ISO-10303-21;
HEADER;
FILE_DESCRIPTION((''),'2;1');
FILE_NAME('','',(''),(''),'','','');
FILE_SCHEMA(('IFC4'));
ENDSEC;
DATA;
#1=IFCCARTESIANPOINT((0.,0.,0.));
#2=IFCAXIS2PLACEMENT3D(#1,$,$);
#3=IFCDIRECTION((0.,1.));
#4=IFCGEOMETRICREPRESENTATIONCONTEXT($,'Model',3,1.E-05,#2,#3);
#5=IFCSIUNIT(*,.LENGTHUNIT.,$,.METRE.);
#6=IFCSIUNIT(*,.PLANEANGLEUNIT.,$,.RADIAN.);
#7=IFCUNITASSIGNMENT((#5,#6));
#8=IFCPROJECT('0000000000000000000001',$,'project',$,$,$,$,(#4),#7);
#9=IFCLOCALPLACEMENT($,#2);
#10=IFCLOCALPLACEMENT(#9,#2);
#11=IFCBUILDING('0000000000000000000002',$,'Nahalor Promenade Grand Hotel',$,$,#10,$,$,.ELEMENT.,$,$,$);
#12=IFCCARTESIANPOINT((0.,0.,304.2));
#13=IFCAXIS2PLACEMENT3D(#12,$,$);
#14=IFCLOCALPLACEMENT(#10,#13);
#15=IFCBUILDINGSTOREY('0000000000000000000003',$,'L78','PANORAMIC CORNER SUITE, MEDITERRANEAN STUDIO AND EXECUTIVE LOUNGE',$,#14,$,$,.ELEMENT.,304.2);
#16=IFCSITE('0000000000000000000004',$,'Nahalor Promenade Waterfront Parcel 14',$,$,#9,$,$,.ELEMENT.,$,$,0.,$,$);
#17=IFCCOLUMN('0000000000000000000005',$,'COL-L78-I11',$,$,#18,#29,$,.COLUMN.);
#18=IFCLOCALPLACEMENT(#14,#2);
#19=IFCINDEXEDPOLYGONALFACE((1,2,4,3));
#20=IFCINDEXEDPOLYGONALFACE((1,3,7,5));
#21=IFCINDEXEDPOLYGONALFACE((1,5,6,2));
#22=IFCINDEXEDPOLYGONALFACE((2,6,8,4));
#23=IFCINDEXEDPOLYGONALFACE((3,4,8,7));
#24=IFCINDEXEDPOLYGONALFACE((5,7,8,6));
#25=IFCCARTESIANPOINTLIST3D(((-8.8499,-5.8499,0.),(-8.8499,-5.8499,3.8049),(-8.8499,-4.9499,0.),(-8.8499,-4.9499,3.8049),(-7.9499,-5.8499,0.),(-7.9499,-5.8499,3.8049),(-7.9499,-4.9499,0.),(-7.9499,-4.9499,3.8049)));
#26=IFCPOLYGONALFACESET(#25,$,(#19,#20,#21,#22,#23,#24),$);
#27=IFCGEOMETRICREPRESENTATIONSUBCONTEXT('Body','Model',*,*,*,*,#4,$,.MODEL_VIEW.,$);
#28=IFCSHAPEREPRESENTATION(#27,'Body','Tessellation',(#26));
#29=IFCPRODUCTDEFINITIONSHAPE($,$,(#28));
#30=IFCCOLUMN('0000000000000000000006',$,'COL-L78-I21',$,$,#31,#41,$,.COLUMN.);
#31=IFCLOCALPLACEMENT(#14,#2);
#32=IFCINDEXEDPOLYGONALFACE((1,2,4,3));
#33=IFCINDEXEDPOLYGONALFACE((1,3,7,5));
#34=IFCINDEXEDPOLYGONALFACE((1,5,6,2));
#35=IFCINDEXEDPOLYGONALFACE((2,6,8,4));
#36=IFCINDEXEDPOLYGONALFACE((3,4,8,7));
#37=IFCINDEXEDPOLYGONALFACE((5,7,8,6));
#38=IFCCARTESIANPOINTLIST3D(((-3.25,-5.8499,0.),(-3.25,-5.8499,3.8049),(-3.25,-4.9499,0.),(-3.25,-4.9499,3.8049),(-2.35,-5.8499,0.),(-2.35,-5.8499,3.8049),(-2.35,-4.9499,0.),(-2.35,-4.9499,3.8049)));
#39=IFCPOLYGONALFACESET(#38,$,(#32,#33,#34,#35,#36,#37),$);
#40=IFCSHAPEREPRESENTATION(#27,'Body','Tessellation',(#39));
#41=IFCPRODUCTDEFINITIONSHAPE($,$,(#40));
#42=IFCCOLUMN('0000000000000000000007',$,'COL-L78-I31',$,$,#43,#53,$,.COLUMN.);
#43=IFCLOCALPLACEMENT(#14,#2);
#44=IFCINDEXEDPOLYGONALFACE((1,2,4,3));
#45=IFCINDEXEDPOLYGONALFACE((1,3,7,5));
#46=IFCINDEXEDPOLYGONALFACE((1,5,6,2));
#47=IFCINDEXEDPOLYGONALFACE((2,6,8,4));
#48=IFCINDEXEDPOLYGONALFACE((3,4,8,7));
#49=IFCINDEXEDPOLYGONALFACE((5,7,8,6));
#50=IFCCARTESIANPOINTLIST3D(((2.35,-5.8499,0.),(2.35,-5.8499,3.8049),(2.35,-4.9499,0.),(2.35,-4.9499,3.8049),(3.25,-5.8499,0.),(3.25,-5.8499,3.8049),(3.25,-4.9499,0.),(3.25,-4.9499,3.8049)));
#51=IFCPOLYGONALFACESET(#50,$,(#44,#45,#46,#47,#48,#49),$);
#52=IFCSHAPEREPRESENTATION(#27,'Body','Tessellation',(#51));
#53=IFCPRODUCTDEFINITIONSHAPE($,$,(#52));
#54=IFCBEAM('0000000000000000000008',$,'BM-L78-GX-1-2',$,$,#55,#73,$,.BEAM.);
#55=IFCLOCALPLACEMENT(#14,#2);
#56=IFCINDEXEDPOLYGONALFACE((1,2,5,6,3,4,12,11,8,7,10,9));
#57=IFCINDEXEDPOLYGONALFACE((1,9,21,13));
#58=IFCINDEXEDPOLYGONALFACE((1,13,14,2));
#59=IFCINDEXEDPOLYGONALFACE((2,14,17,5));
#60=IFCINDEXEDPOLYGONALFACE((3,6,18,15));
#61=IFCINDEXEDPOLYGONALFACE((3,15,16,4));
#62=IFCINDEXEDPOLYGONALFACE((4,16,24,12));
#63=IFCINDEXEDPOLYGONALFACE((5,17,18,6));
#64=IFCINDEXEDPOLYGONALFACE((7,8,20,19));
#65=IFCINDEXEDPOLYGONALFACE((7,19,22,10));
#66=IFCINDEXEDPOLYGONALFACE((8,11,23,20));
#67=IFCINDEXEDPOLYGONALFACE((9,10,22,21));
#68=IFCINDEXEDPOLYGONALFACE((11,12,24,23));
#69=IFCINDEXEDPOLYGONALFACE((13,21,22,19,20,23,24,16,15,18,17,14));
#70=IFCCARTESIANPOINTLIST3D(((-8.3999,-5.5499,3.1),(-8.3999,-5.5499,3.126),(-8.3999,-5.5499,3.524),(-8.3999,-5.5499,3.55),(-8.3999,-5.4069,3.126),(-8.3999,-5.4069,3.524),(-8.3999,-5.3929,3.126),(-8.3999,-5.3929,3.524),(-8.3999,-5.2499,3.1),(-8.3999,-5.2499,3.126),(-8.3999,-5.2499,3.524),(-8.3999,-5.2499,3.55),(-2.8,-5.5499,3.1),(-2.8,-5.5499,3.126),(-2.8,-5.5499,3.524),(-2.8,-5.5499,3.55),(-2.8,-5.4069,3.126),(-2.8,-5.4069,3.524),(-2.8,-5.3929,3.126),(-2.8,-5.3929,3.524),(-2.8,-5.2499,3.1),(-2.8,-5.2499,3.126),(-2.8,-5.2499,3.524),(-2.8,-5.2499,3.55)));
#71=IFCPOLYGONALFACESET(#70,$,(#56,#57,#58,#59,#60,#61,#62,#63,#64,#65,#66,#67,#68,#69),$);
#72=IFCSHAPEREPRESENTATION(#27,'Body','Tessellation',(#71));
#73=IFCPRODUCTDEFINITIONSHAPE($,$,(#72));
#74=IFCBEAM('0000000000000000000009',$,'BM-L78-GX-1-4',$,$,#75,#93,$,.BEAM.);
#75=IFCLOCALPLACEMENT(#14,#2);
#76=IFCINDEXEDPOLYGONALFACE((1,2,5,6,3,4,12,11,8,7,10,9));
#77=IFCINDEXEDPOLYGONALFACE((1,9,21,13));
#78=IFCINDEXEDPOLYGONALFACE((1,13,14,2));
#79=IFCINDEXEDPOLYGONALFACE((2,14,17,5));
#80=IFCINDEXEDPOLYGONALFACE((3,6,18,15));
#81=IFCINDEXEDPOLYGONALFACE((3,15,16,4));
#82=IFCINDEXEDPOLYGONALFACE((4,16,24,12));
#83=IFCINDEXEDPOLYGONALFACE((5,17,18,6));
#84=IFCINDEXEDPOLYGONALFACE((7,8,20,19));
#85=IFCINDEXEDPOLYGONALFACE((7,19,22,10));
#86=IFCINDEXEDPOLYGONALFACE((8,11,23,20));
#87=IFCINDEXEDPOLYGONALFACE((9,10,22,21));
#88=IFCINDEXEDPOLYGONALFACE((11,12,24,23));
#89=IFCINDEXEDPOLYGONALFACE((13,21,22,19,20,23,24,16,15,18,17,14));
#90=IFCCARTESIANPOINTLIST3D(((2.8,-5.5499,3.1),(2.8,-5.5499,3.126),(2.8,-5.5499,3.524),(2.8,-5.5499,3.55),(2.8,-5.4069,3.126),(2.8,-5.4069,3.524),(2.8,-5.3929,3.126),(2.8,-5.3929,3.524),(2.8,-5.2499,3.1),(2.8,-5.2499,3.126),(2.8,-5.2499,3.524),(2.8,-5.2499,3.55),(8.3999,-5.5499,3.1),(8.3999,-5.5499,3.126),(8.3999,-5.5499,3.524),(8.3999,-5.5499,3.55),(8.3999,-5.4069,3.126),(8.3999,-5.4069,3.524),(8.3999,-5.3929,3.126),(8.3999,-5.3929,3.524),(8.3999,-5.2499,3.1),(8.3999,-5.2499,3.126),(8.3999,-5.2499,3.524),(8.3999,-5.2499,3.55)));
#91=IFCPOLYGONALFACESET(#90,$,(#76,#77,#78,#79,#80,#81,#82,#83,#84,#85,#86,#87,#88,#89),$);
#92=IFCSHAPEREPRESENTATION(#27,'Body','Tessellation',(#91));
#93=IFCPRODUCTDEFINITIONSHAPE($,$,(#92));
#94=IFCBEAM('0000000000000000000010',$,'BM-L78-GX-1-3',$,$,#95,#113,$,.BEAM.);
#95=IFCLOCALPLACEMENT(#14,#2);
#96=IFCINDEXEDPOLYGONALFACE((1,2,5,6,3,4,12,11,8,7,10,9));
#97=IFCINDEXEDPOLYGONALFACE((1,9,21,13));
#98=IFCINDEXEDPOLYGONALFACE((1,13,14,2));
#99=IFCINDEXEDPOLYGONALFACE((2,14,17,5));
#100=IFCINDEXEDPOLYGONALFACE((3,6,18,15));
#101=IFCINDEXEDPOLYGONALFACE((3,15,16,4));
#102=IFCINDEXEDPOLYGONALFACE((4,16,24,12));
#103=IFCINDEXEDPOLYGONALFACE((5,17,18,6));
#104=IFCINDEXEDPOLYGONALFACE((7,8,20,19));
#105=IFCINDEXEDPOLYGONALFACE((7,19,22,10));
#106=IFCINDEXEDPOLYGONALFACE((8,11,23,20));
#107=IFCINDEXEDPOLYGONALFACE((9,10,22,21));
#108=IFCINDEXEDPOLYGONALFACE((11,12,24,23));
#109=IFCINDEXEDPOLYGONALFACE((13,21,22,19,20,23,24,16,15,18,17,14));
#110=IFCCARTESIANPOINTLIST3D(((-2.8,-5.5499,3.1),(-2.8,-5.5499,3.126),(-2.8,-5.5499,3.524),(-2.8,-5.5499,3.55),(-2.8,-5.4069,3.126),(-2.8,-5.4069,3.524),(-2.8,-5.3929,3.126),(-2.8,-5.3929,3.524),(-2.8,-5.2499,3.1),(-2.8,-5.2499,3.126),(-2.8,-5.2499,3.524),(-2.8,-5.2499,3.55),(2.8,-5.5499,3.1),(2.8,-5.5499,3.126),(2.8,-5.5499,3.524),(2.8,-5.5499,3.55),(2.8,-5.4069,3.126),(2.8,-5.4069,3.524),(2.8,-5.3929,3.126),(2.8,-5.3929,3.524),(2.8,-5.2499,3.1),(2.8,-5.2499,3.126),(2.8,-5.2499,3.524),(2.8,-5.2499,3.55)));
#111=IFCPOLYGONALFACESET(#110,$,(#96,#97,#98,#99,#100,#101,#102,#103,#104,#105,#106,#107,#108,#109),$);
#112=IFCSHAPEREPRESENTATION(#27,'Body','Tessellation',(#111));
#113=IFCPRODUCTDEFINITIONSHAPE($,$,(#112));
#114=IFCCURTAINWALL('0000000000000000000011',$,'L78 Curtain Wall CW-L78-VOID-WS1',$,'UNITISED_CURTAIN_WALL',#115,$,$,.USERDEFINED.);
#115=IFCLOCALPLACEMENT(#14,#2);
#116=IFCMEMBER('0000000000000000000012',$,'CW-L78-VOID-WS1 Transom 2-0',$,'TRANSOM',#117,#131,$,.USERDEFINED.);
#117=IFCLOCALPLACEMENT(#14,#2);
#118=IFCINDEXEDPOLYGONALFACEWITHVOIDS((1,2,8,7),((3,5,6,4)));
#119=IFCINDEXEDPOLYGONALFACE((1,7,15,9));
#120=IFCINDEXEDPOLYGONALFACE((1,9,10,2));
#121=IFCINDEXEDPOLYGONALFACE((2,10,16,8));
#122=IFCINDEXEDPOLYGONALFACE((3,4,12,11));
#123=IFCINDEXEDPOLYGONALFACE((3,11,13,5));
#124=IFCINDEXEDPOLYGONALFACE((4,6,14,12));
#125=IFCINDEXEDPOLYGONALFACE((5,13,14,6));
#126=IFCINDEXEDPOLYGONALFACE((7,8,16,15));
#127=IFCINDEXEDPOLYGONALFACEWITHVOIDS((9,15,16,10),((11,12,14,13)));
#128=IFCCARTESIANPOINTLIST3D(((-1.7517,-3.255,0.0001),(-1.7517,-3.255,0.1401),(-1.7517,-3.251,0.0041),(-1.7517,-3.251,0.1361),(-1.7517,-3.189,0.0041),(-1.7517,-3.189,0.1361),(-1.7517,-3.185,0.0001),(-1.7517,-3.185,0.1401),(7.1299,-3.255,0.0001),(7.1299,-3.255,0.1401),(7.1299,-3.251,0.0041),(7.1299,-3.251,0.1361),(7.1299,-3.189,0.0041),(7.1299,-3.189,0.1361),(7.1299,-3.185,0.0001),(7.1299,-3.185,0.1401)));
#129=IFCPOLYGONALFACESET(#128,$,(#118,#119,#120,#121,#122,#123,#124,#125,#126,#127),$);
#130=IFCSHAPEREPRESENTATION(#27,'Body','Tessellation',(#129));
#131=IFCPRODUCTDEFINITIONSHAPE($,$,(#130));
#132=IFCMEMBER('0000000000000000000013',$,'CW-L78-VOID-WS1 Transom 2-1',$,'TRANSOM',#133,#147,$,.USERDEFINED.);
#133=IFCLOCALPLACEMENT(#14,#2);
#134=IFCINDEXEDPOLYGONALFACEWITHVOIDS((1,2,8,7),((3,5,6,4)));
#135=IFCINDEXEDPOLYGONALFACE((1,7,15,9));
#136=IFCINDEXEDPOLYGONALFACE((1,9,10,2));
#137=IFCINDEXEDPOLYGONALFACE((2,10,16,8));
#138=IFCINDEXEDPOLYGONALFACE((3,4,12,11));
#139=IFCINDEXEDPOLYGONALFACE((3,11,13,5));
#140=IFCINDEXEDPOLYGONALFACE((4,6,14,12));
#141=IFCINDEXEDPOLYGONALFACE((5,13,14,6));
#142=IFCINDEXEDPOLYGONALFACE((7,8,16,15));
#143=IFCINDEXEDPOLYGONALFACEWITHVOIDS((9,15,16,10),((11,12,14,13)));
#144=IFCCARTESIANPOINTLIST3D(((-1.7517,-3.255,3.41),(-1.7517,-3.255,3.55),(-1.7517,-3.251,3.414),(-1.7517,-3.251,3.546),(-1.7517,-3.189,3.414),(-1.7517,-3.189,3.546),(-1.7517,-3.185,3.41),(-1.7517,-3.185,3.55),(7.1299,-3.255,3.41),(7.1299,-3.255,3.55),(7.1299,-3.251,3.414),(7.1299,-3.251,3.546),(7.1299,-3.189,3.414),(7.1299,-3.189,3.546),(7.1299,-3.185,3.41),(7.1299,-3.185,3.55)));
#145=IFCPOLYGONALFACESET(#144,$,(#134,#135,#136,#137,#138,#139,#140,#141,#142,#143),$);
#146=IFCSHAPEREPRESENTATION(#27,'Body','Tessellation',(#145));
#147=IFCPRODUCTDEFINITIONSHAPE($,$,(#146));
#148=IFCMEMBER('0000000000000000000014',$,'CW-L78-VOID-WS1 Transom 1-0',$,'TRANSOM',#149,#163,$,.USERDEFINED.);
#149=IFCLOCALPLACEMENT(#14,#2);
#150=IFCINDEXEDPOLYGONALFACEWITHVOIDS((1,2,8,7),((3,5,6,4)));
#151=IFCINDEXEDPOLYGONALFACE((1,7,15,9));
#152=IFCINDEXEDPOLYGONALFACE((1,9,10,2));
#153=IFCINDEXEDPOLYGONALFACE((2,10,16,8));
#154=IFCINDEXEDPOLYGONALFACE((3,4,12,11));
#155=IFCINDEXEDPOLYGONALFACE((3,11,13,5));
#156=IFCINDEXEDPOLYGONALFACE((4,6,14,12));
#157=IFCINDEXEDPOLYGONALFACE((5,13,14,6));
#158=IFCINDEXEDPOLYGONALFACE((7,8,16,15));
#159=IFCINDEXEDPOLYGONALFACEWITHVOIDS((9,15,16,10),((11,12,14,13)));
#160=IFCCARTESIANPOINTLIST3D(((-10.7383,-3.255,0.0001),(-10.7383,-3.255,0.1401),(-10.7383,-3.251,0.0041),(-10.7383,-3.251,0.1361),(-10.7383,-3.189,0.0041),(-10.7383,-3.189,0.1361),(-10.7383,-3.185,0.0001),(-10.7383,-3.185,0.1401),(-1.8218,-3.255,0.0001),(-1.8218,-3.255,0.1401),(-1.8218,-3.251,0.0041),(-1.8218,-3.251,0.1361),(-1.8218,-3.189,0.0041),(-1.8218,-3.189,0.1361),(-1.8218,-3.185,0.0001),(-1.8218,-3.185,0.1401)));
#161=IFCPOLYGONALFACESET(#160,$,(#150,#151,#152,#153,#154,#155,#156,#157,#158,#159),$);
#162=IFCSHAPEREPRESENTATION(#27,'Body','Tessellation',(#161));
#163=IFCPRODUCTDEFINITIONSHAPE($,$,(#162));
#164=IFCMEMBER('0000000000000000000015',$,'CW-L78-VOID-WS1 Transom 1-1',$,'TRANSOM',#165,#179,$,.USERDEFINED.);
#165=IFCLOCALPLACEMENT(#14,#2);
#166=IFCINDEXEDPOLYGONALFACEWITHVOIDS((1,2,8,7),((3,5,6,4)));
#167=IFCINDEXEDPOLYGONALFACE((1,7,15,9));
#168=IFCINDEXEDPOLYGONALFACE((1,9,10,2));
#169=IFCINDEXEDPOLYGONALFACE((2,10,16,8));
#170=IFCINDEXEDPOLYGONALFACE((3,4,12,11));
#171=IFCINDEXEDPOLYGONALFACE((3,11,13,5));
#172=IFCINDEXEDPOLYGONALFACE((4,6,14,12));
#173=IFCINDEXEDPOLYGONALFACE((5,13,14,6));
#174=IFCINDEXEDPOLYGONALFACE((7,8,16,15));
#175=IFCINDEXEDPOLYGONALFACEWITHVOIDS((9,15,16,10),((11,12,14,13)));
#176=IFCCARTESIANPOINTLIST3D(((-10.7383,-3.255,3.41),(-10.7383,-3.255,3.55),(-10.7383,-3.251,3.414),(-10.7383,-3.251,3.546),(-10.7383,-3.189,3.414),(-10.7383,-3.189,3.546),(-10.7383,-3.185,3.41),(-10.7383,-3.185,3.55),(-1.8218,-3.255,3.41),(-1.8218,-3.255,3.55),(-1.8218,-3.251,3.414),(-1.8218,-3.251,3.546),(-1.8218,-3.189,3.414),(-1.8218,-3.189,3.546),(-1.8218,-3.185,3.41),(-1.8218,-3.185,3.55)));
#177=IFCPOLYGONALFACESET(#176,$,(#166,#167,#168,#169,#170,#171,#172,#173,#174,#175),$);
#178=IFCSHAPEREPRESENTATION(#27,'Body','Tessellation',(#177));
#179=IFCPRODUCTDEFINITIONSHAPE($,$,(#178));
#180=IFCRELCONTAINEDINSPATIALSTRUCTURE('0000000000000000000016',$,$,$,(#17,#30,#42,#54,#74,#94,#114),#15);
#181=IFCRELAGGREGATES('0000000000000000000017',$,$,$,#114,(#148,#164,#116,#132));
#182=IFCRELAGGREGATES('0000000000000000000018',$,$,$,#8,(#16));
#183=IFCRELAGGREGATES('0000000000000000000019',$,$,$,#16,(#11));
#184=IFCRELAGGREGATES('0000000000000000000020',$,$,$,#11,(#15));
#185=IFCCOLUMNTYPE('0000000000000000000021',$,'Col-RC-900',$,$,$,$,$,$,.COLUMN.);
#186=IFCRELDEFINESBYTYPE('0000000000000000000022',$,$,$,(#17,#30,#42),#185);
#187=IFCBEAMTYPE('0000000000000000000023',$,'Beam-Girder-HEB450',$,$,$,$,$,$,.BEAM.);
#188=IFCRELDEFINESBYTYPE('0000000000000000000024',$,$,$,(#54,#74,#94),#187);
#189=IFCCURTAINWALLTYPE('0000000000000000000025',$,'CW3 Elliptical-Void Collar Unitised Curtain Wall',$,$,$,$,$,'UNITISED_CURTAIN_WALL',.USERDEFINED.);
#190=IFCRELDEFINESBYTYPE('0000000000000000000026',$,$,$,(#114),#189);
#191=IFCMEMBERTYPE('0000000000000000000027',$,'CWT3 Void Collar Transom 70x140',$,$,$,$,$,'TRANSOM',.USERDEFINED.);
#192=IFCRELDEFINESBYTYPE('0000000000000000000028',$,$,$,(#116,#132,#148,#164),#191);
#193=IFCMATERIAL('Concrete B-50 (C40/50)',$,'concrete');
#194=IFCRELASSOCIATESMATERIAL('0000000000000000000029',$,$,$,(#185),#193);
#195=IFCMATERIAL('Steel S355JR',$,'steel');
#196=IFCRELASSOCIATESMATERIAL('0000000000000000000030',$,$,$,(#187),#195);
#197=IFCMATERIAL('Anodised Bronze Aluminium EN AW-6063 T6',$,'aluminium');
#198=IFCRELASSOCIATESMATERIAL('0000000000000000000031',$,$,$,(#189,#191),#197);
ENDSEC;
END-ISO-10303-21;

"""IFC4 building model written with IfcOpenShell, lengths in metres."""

from ifc_helpers import new_model, si_unit, direction, frame, origin, origin_2d, place, context, subcontext, project, spatial, rectangle, hollow_rectangle, i_section, extrude, source, transform, mapped, material, material_profile, profile_set, type_object, element, aggregate, save


model = new_model("IFC4")

# Units and contexts
model_context = context("Model", 3, precision=1e-05, world=origin(), true_north=direction((0.0, 1.0)))
body_context = subcontext(model_context, "Body", "Model", "MODEL_VIEW")
ifc_project = project(units=[si_unit("LENGTHUNIT", "METRE"), si_unit("PLANEANGLEUNIT", "RADIAN")], contexts=[model_context])

# Site, building, storey
site_placement = place(None, origin())
site = spatial("IfcSite", under=ifc_project, at=site_placement, Name="Nahalor Promenade Waterfront Parcel 14", CompositionType="ELEMENT", RefElevation=0.0)
building_placement = place(site_placement, origin())
building = spatial("IfcBuilding", under=site, at=building_placement, Name="Nahalor Promenade Grand Hotel", CompositionType="ELEMENT")
storey_placement = place(building_placement, frame((0.0, 0.0, 304.2)))
storey = spatial("IfcBuildingStorey", under=building, at=storey_placement, Name="L78", Description="PANORAMIC CORNER SUITE, MEDITERRANEAN STUDIO AND EXECUTIVE LOUNGE", CompositionType="ELEMENT", Elevation=304.2)

# Columns
ifc_material_1 = material(Name="Concrete B-50 (C40/50)", Category="concrete")
ifc_material_profile_1 = material_profile(ifc_material_1, rectangle(XDim=0.9, YDim=0.9, at=origin_2d()), Name="RC 900x900")
ifc_profile_set_1 = profile_set([ifc_material_profile_1], Name="Concrete B-50 (C40/50)")
column_type = type_object("IfcColumnType", Name="Col-RC-900", PredefinedType="COLUMN", material=ifc_profile_set_1)
shared_shape_1 = source(origin(), body_context, "Body", "SweptSolid", [
    extrude(rectangle(XDim=0.9, YDim=0.9, at=origin_2d()), origin(), (0.0, 0.0, 1.0), 3.8049),
])
for number, where, z_axis, x_axis, name in (
    (1, (-8.3999, -5.3999, 0.0), (0.0, 0.0, 1.0), (1.0, 0.0, 0.0), "COL-L78-I11"),
    (2, (-2.8, -5.3999, 0.0), (0.0, 0.0, 1.0), (1.0, 0.0, 0.0), "COL-L78-I21"),
    (3, (2.8, -5.3999, 0.0), (0.0, 0.0, 1.0), (1.0, 0.0, 0.0), "COL-L78-I31"),
):
    element("IfcColumn", number, at=place(storey_placement, frame(where, z_axis=z_axis, x_axis=x_axis)), inside=storey, type_object=column_type, Name=name, PredefinedType="COLUMN", context=body_context, shape_type="MappedRepresentation", body=[
        mapped(shared_shape_1, transform((0.0, 0.0, 0.0), scale=1.0)),
    ])

# Beams
ifc_material_2 = material(Name="Steel S355JR", Category="steel")
ifc_material_profile_2 = material_profile(ifc_material_2, i_section(OverallWidth=0.3, OverallDepth=0.45, WebThickness=0.014, FlangeThickness=0.026, at=origin_2d()), Name="HEB 450")
ifc_profile_set_2 = profile_set([ifc_material_profile_2], Name="Steel S355JR")
beam_type = type_object("IfcBeamType", Name="Beam-Girder-HEB450", PredefinedType="BEAM", material=ifc_profile_set_2)
shared_shape_2 = source(origin(), body_context, "Body", "SweptSolid", [
    extrude(i_section(OverallWidth=0.3, OverallDepth=0.45, WebThickness=0.014, FlangeThickness=0.026, at=origin_2d()), origin(), (0.0, 0.0, 1.0), 5.5999),
])
for number, where, z_axis, x_axis, name in (
    (4, (-8.3999, -5.3999, 3.325), (1.0, 0.0, 0.0), (0.0, 1.0, 0.0), "BM-L78-GX-1-2"),
    (5, (2.8, -5.3999, 3.325), (1.0, 0.0, 0.0), (0.0, 1.0, 0.0), "BM-L78-GX-1-4"),
):
    element("IfcBeam", number, at=place(storey_placement, frame(where, z_axis=z_axis, x_axis=x_axis)), inside=storey, type_object=beam_type, Name=name, PredefinedType="BEAM", context=body_context, shape_type="MappedRepresentation", body=[
        mapped(shared_shape_2, transform((0.0, 0.0, 0.0), scale=1.0)),
    ])
shared_shape_3 = source(origin(), body_context, "Body", "SweptSolid", [
    extrude(i_section(OverallWidth=0.3, OverallDepth=0.45, WebThickness=0.014, FlangeThickness=0.026, at=origin_2d()), origin(), (0.0, 0.0, 1.0), 5.6001),
])
beam_placement = place(storey_placement, frame((-2.8, -5.3999, 3.325), z_axis=(1.0, 0.0, 0.0), x_axis=(0.0, 1.0, 0.0)))
element("IfcBeam", 6, at=beam_placement, inside=storey, type_object=beam_type, Name="BM-L78-GX-1-3", PredefinedType="BEAM", context=body_context, shape_type="MappedRepresentation", body=[
    mapped(shared_shape_3, transform((0.0, 0.0, 0.0), scale=1.0)),
])

# Curtain wall, members
ifc_material_3 = material(Name="Anodised Bronze Aluminium EN AW-6063 T6", Category="aluminium")
curtain_wall_type = type_object("IfcCurtainWallType", Name="CW3 Elliptical-Void Collar Unitised Curtain Wall", ElementType="UNITISED_CURTAIN_WALL", PredefinedType="USERDEFINED", material=ifc_material_3)
curtain_wall_placement = place(storey_placement, origin())
curtain_wall = element("IfcCurtainWall", 7, at=curtain_wall_placement, inside=storey, type_object=curtain_wall_type, Name="L78 Curtain Wall CW-L78-VOID-WS1", ObjectType="UNITISED_CURTAIN_WALL", PredefinedType="USERDEFINED")
ifc_material_profile_3 = material_profile(ifc_material_3, hollow_rectangle(XDim=0.07, YDim=0.14, WallThickness=0.004, at=origin_2d()), Name="CWT 70x140x4")
ifc_profile_set_3 = profile_set([ifc_material_profile_3], Name="Anodised Bronze Aluminium EN AW-6063 T6")
member_type_1 = type_object("IfcMemberType", Name="CWT3 Void Collar Transom 70x140", ElementType="TRANSOM", PredefinedType="USERDEFINED", material=ifc_profile_set_3)
shared_shape_4 = source(origin(), body_context, "Body", "SweptSolid", [
    extrude(hollow_rectangle(XDim=0.07, YDim=0.14, WallThickness=0.004, at=origin_2d()), origin(), (0.0, 0.0, 1.0), 8.8816),
])
member_1_placement = place(storey_placement, frame((-1.7517, -3.22, 0.0701), z_axis=(1.0, 0.0, 0.0), x_axis=(0.0, 1.0, 0.0)))
member_1 = element("IfcMember", 8, at=member_1_placement, type_object=member_type_1, Name="CW-L78-VOID-WS1 Transom 2-0", ObjectType="TRANSOM", PredefinedType="USERDEFINED", context=body_context, shape_type="MappedRepresentation", body=[
    mapped(shared_shape_4, transform((0.0, 0.0, 0.0), scale=1.0)),
])
member_2_placement = place(storey_placement, frame((-1.7517, -3.22, 3.48), z_axis=(1.0, 0.0, 0.0), x_axis=(0.0, 1.0, 0.0)))
member_2 = element("IfcMember", 9, at=member_2_placement, type_object=member_type_1, Name="CW-L78-VOID-WS1 Transom 2-1", ObjectType="TRANSOM", PredefinedType="USERDEFINED", context=body_context, shape_type="MappedRepresentation", body=[
    mapped(shared_shape_4, transform((0.0, 0.0, 0.0), scale=1.0)),
])
shared_shape_5 = source(origin(), body_context, "Body", "SweptSolid", [
    extrude(hollow_rectangle(XDim=0.07, YDim=0.14, WallThickness=0.004, at=origin_2d()), origin(), (0.0, 0.0, 1.0), 8.9165),
])
member_3_placement = place(storey_placement, frame((-10.7383, -3.22, 0.0701), z_axis=(1.0, 0.0, 0.0), x_axis=(0.0, 1.0, 0.0)))
member_3 = element("IfcMember", 10, at=member_3_placement, type_object=member_type_1, Name="CW-L78-VOID-WS1 Transom 1-0", ObjectType="TRANSOM", PredefinedType="USERDEFINED", context=body_context, shape_type="MappedRepresentation", body=[
    mapped(shared_shape_5, transform((0.0, 0.0, 0.0), scale=1.0)),
])
member_4_placement = place(storey_placement, frame((-10.7383, -3.22, 3.48), z_axis=(1.0, 0.0, 0.0), x_axis=(0.0, 1.0, 0.0)))
member_4 = element("IfcMember", 11, at=member_4_placement, type_object=member_type_1, Name="CW-L78-VOID-WS1 Transom 1-1", ObjectType="TRANSOM", PredefinedType="USERDEFINED", context=body_context, shape_type="MappedRepresentation", body=[
    mapped(shared_shape_5, transform((0.0, 0.0, 0.0), scale=1.0)),
])

aggregate(curtain_wall, [member_3, member_4, member_1, member_2])

save(model, "model.ifc")
